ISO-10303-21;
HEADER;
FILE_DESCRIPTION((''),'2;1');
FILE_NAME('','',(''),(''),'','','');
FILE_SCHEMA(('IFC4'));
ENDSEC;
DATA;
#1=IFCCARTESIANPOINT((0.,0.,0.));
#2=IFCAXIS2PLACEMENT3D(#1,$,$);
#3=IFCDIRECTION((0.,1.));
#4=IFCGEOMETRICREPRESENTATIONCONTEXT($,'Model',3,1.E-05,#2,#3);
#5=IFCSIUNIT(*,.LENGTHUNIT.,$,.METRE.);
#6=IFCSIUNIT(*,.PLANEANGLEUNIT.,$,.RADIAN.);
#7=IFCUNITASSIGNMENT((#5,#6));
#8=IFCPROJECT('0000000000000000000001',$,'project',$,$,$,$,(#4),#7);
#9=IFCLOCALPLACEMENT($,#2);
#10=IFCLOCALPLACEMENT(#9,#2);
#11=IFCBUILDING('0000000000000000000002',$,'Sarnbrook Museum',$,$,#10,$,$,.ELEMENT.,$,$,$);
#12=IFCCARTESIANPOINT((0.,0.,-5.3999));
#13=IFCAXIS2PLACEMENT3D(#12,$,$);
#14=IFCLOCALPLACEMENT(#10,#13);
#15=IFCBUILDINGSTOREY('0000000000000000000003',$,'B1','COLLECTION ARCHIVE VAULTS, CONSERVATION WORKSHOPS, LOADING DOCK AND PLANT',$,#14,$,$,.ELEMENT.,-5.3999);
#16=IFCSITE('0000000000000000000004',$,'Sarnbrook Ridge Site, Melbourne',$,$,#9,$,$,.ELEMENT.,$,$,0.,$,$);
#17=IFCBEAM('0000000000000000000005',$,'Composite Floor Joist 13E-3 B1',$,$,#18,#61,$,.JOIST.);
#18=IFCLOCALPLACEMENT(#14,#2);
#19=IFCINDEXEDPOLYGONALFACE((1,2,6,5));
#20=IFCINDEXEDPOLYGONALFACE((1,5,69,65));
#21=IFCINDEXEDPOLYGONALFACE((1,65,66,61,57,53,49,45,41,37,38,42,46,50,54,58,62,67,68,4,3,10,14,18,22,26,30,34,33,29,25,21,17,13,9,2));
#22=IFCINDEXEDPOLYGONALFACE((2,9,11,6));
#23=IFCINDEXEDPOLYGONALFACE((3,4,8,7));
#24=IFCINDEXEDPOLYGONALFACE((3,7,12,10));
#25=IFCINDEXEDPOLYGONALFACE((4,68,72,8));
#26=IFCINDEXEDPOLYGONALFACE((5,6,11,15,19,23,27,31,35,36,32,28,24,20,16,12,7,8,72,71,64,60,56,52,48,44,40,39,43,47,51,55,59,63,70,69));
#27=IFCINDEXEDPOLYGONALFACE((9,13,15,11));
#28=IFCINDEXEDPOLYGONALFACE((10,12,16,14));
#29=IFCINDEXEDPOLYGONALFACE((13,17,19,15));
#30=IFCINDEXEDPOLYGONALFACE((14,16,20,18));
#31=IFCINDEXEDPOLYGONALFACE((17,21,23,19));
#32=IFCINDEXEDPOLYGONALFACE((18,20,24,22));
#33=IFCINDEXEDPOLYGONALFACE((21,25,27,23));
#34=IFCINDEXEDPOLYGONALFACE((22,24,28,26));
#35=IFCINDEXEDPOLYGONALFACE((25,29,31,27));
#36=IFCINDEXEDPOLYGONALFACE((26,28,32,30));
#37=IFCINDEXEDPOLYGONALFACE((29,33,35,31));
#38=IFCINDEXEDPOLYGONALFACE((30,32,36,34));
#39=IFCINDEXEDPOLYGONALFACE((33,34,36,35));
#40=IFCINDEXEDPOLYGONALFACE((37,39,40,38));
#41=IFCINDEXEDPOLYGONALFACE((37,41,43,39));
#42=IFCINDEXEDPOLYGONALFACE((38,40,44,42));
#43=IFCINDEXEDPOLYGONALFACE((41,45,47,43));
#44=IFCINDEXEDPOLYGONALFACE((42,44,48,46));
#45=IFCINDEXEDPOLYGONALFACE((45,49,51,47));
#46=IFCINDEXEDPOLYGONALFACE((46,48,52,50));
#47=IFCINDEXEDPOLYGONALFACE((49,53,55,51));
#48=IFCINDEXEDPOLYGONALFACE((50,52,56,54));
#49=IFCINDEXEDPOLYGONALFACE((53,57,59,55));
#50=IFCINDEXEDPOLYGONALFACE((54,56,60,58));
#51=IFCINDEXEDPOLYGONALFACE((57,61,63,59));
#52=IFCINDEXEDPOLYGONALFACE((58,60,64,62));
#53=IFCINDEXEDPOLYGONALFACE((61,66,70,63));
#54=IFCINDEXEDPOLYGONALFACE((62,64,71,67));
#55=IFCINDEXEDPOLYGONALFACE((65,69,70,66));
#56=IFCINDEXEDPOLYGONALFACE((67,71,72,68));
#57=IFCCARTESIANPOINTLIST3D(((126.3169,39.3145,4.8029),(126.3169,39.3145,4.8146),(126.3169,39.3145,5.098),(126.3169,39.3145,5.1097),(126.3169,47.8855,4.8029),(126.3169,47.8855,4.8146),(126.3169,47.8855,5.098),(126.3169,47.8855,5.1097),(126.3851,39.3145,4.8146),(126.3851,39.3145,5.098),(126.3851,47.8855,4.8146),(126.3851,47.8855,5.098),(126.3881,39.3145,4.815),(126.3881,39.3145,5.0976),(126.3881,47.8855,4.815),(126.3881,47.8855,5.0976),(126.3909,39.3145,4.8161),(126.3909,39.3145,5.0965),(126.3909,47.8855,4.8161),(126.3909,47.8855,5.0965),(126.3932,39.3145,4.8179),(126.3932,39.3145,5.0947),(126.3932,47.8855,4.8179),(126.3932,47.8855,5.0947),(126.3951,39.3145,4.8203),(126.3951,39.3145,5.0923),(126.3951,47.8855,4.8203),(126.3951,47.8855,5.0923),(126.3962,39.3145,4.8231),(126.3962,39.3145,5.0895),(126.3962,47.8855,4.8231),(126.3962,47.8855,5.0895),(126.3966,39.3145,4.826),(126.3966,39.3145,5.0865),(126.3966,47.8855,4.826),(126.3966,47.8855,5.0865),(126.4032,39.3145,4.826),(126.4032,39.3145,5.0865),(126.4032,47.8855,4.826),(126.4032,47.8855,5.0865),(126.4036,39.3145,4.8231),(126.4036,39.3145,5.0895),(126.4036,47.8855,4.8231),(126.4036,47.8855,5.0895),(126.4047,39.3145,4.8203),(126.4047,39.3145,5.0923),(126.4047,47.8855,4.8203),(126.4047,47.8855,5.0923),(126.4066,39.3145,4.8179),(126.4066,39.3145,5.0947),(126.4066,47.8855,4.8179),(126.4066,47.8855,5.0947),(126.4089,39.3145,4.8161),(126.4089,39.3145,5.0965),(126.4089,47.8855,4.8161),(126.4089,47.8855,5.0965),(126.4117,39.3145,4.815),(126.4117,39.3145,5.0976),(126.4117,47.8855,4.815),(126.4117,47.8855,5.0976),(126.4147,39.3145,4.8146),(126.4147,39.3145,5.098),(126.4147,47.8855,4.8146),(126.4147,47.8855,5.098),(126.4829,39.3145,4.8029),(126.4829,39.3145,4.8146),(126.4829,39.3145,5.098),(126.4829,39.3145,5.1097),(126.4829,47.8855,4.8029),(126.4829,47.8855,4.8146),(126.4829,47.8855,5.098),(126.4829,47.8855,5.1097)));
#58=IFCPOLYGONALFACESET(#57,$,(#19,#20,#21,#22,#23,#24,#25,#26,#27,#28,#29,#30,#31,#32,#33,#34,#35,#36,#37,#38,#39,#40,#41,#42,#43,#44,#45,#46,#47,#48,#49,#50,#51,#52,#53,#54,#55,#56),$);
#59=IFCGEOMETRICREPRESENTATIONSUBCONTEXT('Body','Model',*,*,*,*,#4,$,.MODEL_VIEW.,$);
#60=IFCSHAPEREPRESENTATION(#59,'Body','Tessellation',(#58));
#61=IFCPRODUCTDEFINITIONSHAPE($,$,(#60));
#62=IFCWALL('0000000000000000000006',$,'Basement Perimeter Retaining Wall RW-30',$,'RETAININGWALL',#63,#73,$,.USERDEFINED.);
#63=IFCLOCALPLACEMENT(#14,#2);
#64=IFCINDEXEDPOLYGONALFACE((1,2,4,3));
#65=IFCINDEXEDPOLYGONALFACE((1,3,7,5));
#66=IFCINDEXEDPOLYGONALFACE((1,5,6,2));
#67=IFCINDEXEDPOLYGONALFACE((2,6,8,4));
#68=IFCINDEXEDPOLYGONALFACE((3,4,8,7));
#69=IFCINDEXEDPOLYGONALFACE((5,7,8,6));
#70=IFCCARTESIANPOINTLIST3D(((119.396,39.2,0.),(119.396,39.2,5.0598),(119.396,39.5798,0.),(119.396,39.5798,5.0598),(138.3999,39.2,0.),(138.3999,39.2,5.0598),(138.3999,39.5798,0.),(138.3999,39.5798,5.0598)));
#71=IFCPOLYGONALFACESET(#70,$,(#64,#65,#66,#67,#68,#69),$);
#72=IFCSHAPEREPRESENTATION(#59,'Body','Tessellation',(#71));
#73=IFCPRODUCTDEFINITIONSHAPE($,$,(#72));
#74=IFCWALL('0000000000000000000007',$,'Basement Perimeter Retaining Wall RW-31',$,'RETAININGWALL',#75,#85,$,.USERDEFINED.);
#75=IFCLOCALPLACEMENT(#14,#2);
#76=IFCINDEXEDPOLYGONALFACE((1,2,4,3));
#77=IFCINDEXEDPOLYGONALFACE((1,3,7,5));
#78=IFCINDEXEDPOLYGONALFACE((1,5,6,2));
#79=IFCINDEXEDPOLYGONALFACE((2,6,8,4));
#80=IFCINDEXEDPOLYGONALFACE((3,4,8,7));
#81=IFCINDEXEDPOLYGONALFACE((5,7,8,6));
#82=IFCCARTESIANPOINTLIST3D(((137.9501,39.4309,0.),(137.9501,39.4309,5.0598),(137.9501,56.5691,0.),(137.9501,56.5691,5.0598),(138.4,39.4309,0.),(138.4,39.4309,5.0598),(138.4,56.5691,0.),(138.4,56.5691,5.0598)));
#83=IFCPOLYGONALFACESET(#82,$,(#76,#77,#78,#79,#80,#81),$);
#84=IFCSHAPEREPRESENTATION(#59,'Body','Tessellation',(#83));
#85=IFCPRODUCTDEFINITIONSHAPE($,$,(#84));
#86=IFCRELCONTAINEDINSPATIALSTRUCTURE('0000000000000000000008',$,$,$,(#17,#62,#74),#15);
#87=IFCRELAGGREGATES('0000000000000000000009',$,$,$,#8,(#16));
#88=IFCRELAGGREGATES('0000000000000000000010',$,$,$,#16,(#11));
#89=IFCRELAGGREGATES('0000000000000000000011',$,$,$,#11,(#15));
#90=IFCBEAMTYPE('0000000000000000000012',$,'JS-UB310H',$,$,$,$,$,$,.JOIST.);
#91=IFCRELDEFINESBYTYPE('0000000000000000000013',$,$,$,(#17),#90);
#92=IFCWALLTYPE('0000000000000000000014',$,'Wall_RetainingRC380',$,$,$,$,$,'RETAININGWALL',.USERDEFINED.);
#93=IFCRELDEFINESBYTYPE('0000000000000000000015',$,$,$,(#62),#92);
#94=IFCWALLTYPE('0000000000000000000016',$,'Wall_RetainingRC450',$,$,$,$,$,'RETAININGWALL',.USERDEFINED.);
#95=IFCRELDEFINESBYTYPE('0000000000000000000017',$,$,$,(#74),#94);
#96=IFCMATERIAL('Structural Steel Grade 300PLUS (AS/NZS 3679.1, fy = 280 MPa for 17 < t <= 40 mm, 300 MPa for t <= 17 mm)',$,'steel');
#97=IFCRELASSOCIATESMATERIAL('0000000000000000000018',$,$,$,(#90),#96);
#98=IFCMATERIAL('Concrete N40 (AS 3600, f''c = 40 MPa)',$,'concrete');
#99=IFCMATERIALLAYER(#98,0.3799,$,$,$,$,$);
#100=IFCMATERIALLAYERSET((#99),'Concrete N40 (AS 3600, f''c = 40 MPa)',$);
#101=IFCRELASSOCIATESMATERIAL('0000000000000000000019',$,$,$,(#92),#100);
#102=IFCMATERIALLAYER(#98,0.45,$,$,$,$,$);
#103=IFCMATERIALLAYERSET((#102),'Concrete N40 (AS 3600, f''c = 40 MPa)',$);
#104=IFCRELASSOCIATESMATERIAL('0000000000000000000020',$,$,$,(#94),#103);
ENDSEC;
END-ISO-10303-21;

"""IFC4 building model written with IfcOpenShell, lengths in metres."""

from ifc_helpers import new_model, si_unit, direction, frame, frame_2d, origin, origin_2d, place, context, subcontext, project, spatial, rectangle, i_section, extrude, material, layer, layer_set, material_profile, profile_set, type_object, element, save


model = new_model("IFC4")

# Units and contexts
model_context = context("Model", 3, precision=1e-05, world=origin(), true_north=direction((0.0, 1.0)))
body_context = subcontext(model_context, "Body", "Model", "MODEL_VIEW")
ifc_project = project(units=[si_unit("LENGTHUNIT", "METRE"), si_unit("PLANEANGLEUNIT", "RADIAN")], contexts=[model_context])

# Site, building, storey
site_placement = place(None, origin())
site = spatial("IfcSite", under=ifc_project, at=site_placement, Name="Sarnbrook Ridge Site, Melbourne", CompositionType="ELEMENT", RefElevation=0.0)
building_placement = place(site_placement, origin())
building = spatial("IfcBuilding", under=site, at=building_placement, Name="Sarnbrook Museum", CompositionType="ELEMENT")
storey_placement = place(building_placement, frame((0.0, 0.0, -5.3999)))
storey = spatial("IfcBuildingStorey", under=building, at=storey_placement, Name="B1", Description="COLLECTION ARCHIVE VAULTS, CONSERVATION WORKSHOPS, LOADING DOCK AND PLANT", CompositionType="ELEMENT", Elevation=-5.3999)

# Shared definitions
ifc_material_1 = material(Name="Concrete N40 (AS 3600, f'c = 40 MPa)", Category="concrete")

# Beam
ifc_material_2 = material(Name="Structural Steel Grade 300PLUS (AS/NZS 3679.1, fy = 280 MPa for 17 < t <= 40 mm, 300 MPa for t <= 17 mm)", Category="steel")
ifc_material_profile_1 = material_profile(ifc_material_2, i_section(OverallWidth=0.166, OverallDepth=0.3069, WebThickness=0.0066, FlangeThickness=0.0117, FilletRadius=0.0115, at=origin_2d()), Name="310UB46.2")
ifc_profile_set_1 = profile_set([ifc_material_profile_1], Name="Structural Steel Grade 300PLUS (AS/NZS 3679.1, fy = 280 MPa for 17 < t <= 40 mm, 300 MPa for t <= 17 mm)")
beam_type_1 = type_object("IfcBeamType", Name="JS-UB310H", PredefinedType="JOIST", material=ifc_profile_set_1)
for number, where, z_axis, x_axis, name in (
    (1, (126.3999, 39.3145, 4.9563), (0.0, 1.0, 0.0), (-1.0, 0.0, 0.0), "Composite Floor Joist 13E-3 B1"),
):
    element("IfcBeam", number, at=place(storey_placement, frame(where, z_axis=z_axis, x_axis=x_axis)), inside=storey, type_object=beam_type_1, Name=name, PredefinedType="JOIST", context=body_context, shape_type="SweptSolid", body=[
        extrude(i_section(OverallWidth=0.166, OverallDepth=0.3069, WebThickness=0.0066, FlangeThickness=0.0117, FilletRadius=0.0115, at=origin_2d()), origin(), (0.0, 0.0, 1.0), 8.571),
    ])

# Walls
ifc_layer_1 = layer(ifc_material_1, 0.3799)
ifc_layer_set_1 = layer_set([ifc_layer_1], Name="Concrete N40 (AS 3600, f'c = 40 MPa)")
wall_type_1 = type_object("IfcWallType", Name="Wall_RetainingRC380", ElementType="RETAININGWALL", PredefinedType="USERDEFINED", material=ifc_layer_set_1)
wall_1_placement = place(storey_placement, frame((119.396, 39.3899, 0.0), z_axis=(0.0, 0.0, 1.0), x_axis=(1.0, 0.0, 0.0)))
element("IfcWall", 2, at=wall_1_placement, inside=storey, type_object=wall_type_1, Name="Basement Perimeter Retaining Wall RW-30", ObjectType="RETAININGWALL", PredefinedType="USERDEFINED", context=body_context, shape_type="SweptSolid", body=[
    extrude(rectangle(XDim=19.0039, YDim=0.3799, at=frame_2d((9.502, 0.0))), origin(), (0.0, 0.0, 1.0), 5.0598),
])
ifc_layer_2 = layer(ifc_material_1, 0.45)
ifc_layer_set_2 = layer_set([ifc_layer_2], Name="Concrete N40 (AS 3600, f'c = 40 MPa)")
wall_type_2 = type_object("IfcWallType", Name="Wall_RetainingRC450", ElementType="RETAININGWALL", PredefinedType="USERDEFINED", material=ifc_layer_set_2)
wall_2_placement = place(storey_placement, frame((138.175, 39.4309, 0.0), z_axis=(0.0, 0.0, 1.0), x_axis=(0.0, 1.0, 0.0)))
element("IfcWall", 3, at=wall_2_placement, inside=storey, type_object=wall_type_2, Name="Basement Perimeter Retaining Wall RW-31", ObjectType="RETAININGWALL", PredefinedType="USERDEFINED", context=body_context, shape_type="SweptSolid", body=[
    extrude(rectangle(XDim=17.1382, YDim=0.45, at=frame_2d((8.5691, 0.0))), origin(), (0.0, 0.0, 1.0), 5.0598),
])

save(model, "model.ifc")
